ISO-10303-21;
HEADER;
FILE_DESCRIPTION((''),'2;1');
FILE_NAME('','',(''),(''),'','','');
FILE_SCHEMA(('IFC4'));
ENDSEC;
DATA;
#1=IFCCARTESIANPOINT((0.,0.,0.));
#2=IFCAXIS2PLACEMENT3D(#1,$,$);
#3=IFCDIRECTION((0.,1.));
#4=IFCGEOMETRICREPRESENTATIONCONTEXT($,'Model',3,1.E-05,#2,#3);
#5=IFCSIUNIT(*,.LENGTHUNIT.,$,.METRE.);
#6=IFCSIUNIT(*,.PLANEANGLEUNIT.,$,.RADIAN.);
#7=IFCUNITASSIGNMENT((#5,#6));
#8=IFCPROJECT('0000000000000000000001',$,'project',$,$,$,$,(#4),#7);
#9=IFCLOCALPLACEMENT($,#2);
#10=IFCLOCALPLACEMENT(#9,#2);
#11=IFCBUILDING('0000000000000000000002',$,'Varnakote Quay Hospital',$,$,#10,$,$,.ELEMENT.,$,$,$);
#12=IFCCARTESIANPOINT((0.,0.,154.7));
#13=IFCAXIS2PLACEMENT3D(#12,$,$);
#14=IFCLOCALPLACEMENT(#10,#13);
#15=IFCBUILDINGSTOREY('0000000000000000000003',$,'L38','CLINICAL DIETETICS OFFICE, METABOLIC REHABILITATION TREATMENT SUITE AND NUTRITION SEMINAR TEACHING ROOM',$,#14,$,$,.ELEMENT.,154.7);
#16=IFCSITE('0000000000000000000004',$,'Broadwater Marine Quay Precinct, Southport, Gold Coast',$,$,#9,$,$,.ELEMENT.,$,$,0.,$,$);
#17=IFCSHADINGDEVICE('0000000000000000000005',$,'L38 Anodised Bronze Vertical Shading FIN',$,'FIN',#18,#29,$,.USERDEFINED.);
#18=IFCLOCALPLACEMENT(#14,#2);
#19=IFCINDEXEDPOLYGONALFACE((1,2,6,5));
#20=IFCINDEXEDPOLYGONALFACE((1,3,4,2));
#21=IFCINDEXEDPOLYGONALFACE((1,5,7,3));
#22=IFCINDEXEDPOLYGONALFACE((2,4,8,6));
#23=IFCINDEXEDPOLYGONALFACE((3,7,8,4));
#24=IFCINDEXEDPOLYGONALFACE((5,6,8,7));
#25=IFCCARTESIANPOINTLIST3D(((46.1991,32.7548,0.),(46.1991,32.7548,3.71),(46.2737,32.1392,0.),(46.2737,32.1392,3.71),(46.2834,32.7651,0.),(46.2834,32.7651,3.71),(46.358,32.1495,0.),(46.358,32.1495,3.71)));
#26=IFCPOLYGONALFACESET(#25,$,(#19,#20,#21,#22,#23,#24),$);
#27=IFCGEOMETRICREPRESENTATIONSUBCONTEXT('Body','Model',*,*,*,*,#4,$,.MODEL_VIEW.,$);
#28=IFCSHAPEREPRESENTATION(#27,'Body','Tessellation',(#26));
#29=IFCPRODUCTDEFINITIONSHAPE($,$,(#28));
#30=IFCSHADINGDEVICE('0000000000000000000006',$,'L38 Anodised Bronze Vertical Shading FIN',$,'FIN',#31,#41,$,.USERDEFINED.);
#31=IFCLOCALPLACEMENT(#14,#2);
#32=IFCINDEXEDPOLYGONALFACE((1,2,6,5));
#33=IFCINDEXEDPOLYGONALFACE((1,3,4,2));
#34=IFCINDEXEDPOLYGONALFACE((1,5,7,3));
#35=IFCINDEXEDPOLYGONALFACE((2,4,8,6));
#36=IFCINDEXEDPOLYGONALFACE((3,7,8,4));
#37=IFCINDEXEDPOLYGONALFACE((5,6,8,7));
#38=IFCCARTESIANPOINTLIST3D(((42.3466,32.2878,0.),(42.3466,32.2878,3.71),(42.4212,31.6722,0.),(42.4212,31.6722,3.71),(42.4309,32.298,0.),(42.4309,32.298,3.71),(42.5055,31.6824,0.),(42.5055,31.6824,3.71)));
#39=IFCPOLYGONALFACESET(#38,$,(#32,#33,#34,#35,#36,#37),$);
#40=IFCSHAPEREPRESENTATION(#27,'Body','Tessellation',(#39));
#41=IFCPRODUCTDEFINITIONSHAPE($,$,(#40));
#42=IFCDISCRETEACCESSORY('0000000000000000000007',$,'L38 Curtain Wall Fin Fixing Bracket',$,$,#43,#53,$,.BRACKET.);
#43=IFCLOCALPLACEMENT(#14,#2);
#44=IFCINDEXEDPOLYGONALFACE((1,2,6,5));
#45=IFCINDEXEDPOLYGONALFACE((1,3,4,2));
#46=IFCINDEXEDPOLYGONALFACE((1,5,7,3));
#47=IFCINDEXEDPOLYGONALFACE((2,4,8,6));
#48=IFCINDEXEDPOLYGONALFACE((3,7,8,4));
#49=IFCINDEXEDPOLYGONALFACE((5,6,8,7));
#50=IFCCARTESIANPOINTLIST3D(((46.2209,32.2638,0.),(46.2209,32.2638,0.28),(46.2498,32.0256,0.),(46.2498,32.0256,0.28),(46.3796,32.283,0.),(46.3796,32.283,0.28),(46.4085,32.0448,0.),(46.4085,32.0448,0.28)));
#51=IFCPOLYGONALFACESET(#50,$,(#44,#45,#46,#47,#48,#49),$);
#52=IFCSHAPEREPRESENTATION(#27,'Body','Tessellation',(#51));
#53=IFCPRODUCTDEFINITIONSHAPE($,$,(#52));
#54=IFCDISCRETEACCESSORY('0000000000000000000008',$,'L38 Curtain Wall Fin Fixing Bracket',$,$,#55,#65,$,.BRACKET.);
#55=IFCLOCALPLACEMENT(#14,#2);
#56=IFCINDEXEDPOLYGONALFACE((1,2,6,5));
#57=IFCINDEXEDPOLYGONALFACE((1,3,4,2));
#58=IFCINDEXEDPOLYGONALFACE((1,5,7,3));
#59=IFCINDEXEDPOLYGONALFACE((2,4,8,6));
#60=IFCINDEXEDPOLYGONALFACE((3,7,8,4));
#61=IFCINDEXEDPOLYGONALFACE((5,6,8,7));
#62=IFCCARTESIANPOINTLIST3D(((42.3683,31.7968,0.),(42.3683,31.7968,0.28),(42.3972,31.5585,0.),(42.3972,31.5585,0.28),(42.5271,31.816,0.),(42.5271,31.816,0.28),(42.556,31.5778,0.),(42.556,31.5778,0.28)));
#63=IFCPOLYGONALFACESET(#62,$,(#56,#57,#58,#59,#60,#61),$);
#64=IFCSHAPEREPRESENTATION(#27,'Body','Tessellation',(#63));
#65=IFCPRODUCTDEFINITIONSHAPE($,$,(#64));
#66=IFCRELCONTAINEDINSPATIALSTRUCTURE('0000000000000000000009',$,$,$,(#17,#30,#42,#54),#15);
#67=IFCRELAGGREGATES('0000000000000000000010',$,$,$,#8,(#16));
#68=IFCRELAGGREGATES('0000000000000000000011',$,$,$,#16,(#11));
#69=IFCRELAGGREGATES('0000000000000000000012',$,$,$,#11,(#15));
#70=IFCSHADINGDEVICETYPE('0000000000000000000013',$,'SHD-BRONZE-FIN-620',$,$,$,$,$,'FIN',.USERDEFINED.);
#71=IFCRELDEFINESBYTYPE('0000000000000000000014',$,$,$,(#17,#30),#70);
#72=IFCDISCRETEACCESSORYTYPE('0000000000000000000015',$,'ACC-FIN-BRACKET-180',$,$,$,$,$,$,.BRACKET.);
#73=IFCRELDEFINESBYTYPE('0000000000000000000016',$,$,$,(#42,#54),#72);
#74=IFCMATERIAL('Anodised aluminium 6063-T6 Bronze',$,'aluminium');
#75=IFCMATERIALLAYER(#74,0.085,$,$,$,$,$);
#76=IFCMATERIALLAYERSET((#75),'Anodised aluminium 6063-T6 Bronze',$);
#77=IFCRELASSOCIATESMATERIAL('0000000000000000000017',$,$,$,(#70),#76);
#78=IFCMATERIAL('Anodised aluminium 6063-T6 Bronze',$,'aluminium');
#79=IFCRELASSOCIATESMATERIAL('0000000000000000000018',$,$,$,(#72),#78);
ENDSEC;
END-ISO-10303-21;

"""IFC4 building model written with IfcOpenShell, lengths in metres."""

from ifc_helpers import new_model, si_unit, direction, frame, origin, origin_2d, place, context, subcontext, project, spatial, rectangle, extrude, material, layer, layer_set, type_object, element, save


model = new_model("IFC4")

# Units and contexts
model_context = context("Model", 3, precision=1e-05, world=origin(), true_north=direction((0.0, 1.0)))
body_context = subcontext(model_context, "Body", "Model", "MODEL_VIEW")
ifc_project = project(units=[si_unit("LENGTHUNIT", "METRE"), si_unit("PLANEANGLEUNIT", "RADIAN")], contexts=[model_context])

# Site, building, storey
site_placement = place(None, origin())
site = spatial("IfcSite", under=ifc_project, at=site_placement, Name="Broadwater Marine Quay Precinct, Southport, Gold Coast", CompositionType="ELEMENT", RefElevation=0.0)
building_placement = place(site_placement, origin())
building = spatial("IfcBuilding", under=site, at=building_placement, Name="Varnakote Quay Hospital", CompositionType="ELEMENT")
storey_placement = place(building_placement, frame((0.0, 0.0, 154.7)))
storey = spatial("IfcBuildingStorey", under=building, at=storey_placement, Name="L38", Description="CLINICAL DIETETICS OFFICE, METABOLIC REHABILITATION TREATMENT SUITE AND NUTRITION SEMINAR TEACHING ROOM", CompositionType="ELEMENT", Elevation=154.7)

# Shading devices
ifc_material_1 = material(Name="Anodised aluminium 6063-T6 Bronze", Category="aluminium")
ifc_layer_1 = layer(ifc_material_1, 0.085)
ifc_layer_set_1 = layer_set([ifc_layer_1], Name="Anodised aluminium 6063-T6 Bronze")
shading_device_type = type_object("IfcShadingDeviceType", Name="SHD-BRONZE-FIN-620", ElementType="FIN", PredefinedType="USERDEFINED", material=ifc_layer_set_1)
for number, where, z_axis, x_axis, name in (
    (1, (46.2786, 32.4521, 0.0), (0.0, 0.0, 1.0), (0.12031, -0.992736, 0.0), "L38 Anodised Bronze Vertical Shading FIN"),
    (2, (42.426, 31.9851, 0.0), (0.0, 0.0, 1.0), (0.12031, -0.992736, 0.0), "L38 Anodised Bronze Vertical Shading FIN"),
):
    element("IfcShadingDevice", number, at=place(storey_placement, frame(where, z_axis=z_axis, x_axis=x_axis)), inside=storey, type_object=shading_device_type, Name=name, ObjectType="FIN", PredefinedType="USERDEFINED", context=body_context, shape_type="SweptSolid", body=[
        extrude(rectangle(XDim=0.6201, YDim=0.085, at=origin_2d()), origin(), (0.0, 0.0, 1.0), 3.71),
    ])

# Discrete accessories
ifc_material_2 = material(Name="Anodised aluminium 6063-T6 Bronze", Category="aluminium")
discrete_accessory_type = type_object("IfcDiscreteAccessoryType", Name="ACC-FIN-BRACKET-180", PredefinedType="BRACKET", material=ifc_material_2)
for number, where, z_axis, x_axis, name in (
    (3, (46.3147, 32.1543, 0.0), (0.0, 0.0, 1.0), (-0.992736, -0.12031, 0.0), "L38 Curtain Wall Fin Fixing Bracket"),
    (4, (42.4622, 31.6873, 0.0), (0.0, 0.0, 1.0), (-0.992736, -0.12031, 0.0), "L38 Curtain Wall Fin Fixing Bracket"),
):
    element("IfcDiscreteAccessory", number, at=place(storey_placement, frame(where, z_axis=z_axis, x_axis=x_axis)), inside=storey, type_object=discrete_accessory_type, Name=name, PredefinedType="BRACKET", context=body_context, shape_type="SweptSolid", body=[
        extrude(rectangle(XDim=0.1599, YDim=0.24, at=origin_2d()), origin(), (0.0, 0.0, 1.0), 0.28),
    ])

save(model, "model.ifc")
